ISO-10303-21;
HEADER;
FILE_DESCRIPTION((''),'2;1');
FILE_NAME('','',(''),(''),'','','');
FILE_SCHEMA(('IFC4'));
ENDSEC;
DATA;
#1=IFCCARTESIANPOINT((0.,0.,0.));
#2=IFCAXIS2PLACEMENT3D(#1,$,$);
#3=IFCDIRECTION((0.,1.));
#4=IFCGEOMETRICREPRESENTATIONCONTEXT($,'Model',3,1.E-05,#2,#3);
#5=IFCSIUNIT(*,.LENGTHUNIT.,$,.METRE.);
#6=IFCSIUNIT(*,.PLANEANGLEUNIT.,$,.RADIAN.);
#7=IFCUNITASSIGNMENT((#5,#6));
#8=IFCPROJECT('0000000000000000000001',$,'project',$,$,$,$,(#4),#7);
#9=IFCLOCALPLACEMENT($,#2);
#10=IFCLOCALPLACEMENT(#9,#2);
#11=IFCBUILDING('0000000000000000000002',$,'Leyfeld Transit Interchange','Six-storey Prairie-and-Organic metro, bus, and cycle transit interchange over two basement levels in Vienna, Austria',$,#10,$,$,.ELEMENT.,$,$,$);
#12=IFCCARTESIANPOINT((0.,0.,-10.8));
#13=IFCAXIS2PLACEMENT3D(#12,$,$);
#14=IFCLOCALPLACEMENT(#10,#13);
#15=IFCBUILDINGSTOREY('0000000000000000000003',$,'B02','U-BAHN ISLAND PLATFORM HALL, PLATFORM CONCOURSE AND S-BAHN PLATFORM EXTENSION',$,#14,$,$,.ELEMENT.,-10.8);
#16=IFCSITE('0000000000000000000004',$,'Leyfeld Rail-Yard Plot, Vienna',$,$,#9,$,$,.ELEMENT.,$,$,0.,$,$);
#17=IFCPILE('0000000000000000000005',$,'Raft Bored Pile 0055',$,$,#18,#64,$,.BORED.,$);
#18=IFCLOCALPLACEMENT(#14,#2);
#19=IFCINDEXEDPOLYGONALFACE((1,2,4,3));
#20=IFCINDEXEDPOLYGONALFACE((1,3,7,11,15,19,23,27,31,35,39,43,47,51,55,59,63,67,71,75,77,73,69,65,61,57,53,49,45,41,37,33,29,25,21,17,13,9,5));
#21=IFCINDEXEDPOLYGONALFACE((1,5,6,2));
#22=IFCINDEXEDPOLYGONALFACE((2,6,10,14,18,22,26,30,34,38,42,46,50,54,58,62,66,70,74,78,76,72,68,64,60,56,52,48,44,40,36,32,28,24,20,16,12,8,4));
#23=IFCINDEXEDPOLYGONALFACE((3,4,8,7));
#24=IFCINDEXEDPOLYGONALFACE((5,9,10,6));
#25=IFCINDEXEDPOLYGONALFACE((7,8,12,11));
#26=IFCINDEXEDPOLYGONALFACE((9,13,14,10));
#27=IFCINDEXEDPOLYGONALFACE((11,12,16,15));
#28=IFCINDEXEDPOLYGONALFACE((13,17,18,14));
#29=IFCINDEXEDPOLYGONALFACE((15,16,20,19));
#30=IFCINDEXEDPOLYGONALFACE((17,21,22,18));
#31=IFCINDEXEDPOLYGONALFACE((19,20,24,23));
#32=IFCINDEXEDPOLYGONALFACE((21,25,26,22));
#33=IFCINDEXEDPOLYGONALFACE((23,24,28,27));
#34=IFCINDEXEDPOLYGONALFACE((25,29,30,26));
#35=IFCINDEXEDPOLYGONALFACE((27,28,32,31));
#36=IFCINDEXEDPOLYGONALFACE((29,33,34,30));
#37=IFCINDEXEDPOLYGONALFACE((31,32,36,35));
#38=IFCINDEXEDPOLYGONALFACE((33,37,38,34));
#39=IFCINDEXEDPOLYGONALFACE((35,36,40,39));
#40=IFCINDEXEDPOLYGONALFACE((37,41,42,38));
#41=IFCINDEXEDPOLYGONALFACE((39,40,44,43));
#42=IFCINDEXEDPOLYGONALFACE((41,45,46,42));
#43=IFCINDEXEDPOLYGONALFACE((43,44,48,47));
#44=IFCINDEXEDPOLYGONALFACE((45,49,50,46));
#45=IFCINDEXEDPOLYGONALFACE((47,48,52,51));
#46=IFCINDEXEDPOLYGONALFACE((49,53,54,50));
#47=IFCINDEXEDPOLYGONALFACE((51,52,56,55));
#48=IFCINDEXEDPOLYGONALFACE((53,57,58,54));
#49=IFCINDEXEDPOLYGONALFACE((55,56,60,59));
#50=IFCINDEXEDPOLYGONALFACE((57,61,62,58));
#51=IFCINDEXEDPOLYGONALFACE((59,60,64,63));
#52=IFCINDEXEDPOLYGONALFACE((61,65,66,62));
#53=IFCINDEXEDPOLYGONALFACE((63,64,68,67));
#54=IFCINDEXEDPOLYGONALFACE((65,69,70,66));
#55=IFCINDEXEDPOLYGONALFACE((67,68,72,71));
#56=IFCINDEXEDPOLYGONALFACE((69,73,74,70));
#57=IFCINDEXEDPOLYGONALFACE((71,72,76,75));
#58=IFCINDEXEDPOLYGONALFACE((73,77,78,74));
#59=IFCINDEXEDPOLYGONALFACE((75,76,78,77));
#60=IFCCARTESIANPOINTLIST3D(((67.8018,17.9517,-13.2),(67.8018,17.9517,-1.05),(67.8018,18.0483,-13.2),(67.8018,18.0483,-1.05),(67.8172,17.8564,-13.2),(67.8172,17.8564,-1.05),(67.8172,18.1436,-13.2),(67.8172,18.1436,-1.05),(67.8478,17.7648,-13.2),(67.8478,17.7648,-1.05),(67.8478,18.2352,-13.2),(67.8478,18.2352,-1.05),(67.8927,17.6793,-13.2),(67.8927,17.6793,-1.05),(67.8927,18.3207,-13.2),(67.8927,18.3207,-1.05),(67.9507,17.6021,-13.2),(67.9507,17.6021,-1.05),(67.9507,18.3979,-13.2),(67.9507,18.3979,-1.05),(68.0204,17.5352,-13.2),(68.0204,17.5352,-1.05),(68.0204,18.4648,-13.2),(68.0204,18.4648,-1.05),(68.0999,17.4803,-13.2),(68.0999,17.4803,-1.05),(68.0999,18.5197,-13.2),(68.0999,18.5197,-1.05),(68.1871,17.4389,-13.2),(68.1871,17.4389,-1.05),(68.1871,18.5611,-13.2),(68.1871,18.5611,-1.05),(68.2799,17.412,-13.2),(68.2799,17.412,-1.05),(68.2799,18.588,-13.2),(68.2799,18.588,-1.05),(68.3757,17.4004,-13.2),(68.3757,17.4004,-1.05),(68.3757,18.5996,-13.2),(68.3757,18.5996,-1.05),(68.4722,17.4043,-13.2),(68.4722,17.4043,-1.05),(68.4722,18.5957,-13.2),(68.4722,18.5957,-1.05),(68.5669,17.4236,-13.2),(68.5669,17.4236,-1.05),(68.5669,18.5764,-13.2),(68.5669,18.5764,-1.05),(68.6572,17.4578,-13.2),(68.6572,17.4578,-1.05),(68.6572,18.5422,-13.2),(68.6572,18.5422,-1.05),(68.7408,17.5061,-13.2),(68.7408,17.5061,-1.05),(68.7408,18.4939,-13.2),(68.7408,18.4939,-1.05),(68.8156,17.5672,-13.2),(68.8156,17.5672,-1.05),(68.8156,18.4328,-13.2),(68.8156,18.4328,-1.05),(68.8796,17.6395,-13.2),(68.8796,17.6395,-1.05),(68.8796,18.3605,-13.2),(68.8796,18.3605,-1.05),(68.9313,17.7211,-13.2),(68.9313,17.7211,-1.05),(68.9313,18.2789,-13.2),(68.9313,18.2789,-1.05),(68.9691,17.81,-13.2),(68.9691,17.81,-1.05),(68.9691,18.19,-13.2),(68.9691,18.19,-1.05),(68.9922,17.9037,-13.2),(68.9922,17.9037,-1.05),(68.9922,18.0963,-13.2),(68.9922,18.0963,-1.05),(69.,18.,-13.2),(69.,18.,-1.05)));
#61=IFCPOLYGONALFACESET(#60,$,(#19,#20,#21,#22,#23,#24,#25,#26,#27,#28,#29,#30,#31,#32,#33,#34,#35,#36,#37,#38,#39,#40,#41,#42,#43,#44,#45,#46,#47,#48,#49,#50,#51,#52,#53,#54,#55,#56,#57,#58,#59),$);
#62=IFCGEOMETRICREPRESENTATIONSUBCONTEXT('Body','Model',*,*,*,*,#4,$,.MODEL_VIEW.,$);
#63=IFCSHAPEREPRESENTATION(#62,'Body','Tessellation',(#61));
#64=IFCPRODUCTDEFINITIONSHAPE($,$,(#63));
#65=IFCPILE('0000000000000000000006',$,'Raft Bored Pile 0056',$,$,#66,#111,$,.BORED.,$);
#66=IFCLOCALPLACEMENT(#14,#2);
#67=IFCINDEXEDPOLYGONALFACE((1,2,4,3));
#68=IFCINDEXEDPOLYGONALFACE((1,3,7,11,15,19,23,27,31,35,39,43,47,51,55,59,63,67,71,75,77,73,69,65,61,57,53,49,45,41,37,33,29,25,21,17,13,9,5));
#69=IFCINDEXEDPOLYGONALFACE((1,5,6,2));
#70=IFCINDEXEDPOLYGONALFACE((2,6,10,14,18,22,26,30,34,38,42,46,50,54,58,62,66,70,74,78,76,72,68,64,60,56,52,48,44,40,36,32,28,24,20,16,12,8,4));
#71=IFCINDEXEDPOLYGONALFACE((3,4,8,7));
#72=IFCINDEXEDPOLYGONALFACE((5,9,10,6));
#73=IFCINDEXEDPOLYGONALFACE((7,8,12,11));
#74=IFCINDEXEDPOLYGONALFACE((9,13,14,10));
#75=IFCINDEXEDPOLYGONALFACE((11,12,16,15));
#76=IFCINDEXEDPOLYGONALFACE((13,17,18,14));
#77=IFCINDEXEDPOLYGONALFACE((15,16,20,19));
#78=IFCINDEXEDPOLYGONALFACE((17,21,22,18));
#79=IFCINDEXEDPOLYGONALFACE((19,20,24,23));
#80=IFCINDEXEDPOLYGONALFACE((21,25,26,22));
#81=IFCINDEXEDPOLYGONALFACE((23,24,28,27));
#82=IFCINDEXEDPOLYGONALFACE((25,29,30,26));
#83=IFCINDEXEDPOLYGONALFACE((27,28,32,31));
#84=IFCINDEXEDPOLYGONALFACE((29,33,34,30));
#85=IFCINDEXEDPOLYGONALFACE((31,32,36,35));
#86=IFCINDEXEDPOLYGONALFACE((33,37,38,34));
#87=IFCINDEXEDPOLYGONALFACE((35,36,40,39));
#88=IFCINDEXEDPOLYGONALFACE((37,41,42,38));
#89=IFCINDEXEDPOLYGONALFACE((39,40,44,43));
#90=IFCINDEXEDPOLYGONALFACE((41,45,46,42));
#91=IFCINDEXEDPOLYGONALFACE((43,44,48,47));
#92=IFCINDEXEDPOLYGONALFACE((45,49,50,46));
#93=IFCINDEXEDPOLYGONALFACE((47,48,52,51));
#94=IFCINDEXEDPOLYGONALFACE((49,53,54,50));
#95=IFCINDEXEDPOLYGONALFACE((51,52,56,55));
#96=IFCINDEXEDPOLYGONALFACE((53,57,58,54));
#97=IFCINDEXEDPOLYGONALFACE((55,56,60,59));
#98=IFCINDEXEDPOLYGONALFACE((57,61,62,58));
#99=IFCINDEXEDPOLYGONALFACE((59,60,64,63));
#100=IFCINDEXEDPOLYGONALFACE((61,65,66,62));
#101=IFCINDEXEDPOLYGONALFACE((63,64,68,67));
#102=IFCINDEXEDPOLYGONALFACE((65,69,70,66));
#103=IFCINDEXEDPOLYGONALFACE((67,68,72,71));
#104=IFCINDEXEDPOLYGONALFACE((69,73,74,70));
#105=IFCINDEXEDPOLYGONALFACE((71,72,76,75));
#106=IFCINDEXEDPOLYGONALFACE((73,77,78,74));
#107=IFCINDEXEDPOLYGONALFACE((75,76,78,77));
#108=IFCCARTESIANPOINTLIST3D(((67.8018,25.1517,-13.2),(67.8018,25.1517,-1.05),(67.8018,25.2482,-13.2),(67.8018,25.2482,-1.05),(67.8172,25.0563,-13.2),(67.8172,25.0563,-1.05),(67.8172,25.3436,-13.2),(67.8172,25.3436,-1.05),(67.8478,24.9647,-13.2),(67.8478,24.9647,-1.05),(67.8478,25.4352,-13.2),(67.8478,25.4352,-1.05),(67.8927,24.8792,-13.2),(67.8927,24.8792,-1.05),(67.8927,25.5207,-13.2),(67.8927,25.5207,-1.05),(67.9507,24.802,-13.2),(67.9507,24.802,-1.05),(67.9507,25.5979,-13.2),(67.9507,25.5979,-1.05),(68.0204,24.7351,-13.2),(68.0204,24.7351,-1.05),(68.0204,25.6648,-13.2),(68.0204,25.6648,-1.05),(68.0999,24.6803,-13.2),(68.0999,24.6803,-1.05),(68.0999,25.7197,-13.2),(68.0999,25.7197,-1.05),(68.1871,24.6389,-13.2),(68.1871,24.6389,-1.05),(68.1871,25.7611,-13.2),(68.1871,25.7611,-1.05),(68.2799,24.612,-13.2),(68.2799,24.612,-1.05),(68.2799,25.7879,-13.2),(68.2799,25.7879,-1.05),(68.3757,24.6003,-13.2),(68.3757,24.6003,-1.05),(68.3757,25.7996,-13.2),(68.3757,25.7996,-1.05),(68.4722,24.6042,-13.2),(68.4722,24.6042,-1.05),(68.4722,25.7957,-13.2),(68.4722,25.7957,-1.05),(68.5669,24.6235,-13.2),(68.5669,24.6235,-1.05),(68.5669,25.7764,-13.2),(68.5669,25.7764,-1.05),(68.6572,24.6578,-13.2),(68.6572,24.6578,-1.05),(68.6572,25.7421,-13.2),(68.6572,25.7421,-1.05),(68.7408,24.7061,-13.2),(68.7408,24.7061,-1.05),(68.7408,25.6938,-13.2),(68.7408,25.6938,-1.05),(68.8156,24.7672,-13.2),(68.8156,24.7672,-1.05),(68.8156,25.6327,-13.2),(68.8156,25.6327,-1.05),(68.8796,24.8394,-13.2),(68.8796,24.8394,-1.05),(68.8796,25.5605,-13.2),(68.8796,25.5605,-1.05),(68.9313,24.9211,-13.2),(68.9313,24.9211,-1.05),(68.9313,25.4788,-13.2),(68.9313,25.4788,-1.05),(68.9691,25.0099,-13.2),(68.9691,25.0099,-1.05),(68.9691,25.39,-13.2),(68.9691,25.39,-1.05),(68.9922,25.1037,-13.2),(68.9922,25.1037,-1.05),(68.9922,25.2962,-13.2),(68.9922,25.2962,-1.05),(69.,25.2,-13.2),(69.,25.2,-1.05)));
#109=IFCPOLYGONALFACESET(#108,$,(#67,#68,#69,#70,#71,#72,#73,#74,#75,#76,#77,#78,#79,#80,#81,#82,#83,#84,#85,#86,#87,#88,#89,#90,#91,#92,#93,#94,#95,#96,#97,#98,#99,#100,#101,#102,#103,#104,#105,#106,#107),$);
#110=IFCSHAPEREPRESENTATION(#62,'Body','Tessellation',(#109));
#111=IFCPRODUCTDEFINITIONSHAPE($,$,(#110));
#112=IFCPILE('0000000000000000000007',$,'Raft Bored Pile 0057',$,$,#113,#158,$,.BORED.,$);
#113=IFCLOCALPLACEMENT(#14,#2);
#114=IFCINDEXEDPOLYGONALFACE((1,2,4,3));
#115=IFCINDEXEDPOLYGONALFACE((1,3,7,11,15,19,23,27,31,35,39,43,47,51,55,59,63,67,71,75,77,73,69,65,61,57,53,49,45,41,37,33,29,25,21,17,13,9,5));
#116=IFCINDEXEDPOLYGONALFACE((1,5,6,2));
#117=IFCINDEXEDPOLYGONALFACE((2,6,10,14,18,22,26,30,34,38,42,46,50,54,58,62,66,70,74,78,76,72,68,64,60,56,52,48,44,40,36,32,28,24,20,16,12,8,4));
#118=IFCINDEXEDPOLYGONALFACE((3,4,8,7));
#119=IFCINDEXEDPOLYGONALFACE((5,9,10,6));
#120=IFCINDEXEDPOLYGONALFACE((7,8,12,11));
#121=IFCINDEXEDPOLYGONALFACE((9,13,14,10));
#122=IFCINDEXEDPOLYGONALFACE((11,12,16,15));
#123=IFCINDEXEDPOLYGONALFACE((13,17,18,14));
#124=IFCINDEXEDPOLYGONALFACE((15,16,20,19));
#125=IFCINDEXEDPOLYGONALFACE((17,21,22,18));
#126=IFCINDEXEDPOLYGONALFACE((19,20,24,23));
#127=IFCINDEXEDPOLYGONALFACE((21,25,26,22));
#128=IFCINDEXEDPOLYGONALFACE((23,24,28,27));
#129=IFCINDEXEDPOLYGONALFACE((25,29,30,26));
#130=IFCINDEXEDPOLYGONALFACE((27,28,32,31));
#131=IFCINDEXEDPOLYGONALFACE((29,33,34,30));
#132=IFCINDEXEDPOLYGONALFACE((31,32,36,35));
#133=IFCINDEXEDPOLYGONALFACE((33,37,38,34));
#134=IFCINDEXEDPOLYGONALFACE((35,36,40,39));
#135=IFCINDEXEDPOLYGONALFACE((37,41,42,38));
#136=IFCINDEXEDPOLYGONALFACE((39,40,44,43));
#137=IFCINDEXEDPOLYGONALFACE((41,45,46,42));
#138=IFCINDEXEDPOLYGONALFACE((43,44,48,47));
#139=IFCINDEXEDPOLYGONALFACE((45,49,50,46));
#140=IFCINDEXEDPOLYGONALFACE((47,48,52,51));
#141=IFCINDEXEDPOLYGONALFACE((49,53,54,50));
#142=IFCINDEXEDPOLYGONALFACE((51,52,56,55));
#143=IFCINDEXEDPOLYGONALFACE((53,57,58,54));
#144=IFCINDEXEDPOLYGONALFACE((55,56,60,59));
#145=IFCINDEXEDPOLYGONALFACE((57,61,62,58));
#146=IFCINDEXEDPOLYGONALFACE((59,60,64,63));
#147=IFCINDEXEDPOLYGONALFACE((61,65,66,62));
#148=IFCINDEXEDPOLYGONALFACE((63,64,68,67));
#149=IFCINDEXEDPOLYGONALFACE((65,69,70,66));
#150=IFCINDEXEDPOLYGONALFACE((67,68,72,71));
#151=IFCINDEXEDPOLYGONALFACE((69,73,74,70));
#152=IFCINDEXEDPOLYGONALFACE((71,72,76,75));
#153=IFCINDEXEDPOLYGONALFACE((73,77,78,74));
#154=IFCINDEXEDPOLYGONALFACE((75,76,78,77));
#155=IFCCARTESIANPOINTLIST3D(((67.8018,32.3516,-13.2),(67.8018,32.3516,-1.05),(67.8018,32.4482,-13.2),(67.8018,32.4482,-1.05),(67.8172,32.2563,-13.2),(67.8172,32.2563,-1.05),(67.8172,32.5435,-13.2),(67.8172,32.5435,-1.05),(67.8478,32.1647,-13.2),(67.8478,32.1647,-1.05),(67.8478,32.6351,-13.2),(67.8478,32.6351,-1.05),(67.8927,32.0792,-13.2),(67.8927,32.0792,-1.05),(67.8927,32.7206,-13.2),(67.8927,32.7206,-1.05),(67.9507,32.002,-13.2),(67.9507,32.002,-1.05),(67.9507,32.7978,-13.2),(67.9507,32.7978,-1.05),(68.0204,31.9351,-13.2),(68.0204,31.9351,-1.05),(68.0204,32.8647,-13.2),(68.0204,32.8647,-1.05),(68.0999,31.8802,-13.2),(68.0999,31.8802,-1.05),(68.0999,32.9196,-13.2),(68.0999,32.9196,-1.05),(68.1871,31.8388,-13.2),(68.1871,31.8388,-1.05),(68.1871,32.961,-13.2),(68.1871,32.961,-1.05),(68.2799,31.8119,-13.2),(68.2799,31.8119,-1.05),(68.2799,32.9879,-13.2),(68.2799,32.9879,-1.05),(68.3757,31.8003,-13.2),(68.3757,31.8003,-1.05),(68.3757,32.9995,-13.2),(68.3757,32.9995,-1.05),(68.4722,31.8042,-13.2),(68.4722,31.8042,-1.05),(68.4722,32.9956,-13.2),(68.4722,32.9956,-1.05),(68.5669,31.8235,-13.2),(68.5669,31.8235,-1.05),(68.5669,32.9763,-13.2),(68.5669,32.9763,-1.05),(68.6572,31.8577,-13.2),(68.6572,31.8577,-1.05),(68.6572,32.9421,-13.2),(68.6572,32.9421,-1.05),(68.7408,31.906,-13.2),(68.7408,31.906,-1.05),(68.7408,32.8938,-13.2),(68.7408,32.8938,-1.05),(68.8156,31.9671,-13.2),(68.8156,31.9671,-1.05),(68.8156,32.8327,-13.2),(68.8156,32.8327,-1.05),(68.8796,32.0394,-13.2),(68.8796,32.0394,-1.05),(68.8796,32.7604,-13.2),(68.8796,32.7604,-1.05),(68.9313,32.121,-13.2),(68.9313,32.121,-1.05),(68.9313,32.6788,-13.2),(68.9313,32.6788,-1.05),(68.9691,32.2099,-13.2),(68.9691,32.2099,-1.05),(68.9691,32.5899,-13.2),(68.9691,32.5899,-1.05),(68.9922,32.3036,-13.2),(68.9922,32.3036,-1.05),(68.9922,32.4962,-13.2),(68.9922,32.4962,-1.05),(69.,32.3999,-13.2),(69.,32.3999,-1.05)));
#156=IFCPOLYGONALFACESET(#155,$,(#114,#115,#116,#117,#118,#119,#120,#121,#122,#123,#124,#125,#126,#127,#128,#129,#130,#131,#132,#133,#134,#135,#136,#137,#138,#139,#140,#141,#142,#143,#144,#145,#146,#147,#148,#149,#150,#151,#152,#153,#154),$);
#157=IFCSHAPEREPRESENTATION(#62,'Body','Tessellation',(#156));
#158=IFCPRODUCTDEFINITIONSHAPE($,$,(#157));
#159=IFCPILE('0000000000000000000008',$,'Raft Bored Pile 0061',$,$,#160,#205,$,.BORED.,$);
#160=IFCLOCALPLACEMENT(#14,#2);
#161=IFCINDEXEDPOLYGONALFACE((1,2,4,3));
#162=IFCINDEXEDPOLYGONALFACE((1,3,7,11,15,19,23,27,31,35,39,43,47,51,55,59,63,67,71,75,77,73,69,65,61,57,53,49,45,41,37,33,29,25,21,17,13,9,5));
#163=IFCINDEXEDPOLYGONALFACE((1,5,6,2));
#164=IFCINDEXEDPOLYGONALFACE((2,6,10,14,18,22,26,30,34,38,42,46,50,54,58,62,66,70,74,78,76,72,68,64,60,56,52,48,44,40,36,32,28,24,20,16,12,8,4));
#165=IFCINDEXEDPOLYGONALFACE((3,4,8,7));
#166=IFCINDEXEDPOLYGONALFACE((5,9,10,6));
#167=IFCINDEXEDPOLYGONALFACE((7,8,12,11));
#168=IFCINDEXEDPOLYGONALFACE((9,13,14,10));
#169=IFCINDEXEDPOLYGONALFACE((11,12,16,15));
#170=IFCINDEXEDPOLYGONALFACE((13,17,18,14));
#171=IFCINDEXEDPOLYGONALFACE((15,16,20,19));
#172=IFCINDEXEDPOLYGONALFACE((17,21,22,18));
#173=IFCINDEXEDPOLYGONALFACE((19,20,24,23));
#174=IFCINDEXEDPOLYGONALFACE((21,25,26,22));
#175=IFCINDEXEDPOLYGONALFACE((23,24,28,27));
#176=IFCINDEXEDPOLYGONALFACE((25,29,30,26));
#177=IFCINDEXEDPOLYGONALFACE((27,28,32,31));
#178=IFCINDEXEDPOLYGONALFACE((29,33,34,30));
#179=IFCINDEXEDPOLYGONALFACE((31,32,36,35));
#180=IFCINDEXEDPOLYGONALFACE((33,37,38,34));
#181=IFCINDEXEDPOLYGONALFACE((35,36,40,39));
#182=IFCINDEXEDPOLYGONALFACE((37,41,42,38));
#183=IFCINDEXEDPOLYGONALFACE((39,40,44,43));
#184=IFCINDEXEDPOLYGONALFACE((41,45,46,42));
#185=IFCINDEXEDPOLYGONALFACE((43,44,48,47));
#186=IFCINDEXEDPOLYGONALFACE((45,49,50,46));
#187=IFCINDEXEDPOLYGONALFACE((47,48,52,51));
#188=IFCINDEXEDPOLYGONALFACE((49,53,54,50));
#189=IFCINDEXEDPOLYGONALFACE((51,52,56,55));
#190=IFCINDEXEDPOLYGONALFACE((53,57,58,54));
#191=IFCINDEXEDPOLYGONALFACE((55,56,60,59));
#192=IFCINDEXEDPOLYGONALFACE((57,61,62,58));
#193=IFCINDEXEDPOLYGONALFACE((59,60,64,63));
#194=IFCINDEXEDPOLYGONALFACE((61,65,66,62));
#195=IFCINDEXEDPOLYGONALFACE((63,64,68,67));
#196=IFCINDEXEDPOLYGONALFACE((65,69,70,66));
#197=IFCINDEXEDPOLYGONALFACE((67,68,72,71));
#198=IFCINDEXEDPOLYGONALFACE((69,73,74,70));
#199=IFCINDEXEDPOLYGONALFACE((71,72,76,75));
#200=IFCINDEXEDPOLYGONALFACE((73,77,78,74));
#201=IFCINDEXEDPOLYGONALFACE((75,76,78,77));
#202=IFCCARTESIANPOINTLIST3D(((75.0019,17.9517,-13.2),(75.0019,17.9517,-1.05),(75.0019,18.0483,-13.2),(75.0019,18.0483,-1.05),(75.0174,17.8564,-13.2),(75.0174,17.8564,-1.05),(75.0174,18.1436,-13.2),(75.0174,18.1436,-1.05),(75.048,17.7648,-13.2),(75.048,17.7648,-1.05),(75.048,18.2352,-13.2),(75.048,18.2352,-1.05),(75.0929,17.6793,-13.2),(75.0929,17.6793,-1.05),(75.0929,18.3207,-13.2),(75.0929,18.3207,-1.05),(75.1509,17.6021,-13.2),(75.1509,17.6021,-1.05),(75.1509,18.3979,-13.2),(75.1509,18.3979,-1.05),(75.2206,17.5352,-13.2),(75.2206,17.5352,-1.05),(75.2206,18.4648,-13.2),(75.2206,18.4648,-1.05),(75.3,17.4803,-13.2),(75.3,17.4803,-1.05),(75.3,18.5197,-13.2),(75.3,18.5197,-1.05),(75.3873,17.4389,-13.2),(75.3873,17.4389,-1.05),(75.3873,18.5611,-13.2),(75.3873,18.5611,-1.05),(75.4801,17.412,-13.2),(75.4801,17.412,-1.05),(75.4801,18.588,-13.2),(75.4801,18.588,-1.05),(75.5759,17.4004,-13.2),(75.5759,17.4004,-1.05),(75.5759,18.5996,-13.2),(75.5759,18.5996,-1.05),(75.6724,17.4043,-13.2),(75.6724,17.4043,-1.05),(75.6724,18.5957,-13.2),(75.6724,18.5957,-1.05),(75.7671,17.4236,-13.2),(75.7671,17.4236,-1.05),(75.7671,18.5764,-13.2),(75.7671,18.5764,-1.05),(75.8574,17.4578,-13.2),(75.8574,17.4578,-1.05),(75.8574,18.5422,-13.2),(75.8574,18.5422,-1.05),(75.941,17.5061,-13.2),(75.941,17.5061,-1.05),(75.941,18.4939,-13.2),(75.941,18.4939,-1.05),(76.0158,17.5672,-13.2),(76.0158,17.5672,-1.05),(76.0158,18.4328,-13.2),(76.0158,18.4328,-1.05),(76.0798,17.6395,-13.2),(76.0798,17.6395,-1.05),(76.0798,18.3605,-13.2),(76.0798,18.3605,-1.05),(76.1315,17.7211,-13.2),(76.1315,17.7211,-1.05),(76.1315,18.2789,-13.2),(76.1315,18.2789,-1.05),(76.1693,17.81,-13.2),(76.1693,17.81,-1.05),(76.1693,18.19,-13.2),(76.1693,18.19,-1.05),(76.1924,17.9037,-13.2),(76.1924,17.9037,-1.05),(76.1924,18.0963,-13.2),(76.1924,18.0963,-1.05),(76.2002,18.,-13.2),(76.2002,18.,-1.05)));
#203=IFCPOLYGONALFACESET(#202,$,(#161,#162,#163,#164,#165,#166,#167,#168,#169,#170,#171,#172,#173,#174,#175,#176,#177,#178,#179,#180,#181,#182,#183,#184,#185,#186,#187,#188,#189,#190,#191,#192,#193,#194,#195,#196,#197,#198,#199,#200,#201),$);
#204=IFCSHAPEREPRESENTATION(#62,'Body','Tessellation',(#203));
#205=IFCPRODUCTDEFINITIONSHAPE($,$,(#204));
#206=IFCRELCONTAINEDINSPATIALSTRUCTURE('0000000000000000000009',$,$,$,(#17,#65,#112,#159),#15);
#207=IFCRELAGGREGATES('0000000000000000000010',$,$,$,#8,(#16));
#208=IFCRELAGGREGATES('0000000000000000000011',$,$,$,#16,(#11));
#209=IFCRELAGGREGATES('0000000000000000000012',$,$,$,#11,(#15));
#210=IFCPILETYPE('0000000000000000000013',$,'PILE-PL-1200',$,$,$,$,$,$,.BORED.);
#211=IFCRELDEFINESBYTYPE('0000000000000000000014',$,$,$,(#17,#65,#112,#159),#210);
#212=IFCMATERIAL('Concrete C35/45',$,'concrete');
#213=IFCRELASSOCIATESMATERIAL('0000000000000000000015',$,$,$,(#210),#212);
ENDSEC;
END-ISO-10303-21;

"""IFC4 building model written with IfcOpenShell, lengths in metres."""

from ifc_helpers import new_model, si_unit, direction, frame, origin, origin_2d, place, context, subcontext, project, spatial, circle, extrude, material, material_profile, profile_set, type_object, element, save


model = new_model("IFC4")

# Units and contexts
model_context = context("Model", 3, precision=1e-05, world=origin(), true_north=direction((0.0, 1.0)))
body_context = subcontext(model_context, "Body", "Model", "MODEL_VIEW")
ifc_project = project(units=[si_unit("LENGTHUNIT", "METRE"), si_unit("PLANEANGLEUNIT", "RADIAN")], contexts=[model_context])

# Site, building, storey
site_placement = place(None, origin())
site = spatial("IfcSite", under=ifc_project, at=site_placement, Name="Leyfeld Rail-Yard Plot, Vienna", CompositionType="ELEMENT", RefElevation=0.0)
building_placement = place(site_placement, origin())
building = spatial("IfcBuilding", under=site, at=building_placement, Name="Leyfeld Transit Interchange", Description="Six-storey Prairie-and-Organic metro, bus, and cycle transit interchange over two basement levels in Vienna, Austria", CompositionType="ELEMENT")
storey_placement = place(building_placement, frame((0.0, 0.0, -10.8)))
storey = spatial("IfcBuildingStorey", under=building, at=storey_placement, Name="B02", Description="U-BAHN ISLAND PLATFORM HALL, PLATFORM CONCOURSE AND S-BAHN PLATFORM EXTENSION", CompositionType="ELEMENT", Elevation=-10.8)

# Piles
ifc_material = material(Name="Concrete C35/45", Category="concrete")
ifc_material_profile_1 = material_profile(ifc_material, circle(Radius=0.6001, at=origin_2d()), Name="PILE D1200")
ifc_profile_set_1 = profile_set([ifc_material_profile_1], Name="Concrete C35/45")
pile_type = type_object("IfcPileType", Name="PILE-PL-1200", PredefinedType="BORED", material=ifc_profile_set_1)
for number, where, z_axis, x_axis, name in (
    (1, (68.3999, 18.0, -1.05), (0.0, 0.0, -1.0), (1.0, 0.0, 0.0), "Raft Bored Pile 0055"),
    (2, (68.3999, 25.2, -1.05), (0.0, 0.0, -1.0), (1.0, 0.0, 0.0), "Raft Bored Pile 0056"),
    (3, (68.3999, 32.3999, -1.05), (0.0, 0.0, -1.0), (1.0, 0.0, 0.0), "Raft Bored Pile 0057"),
    (4, (75.6001, 18.0, -1.05), (0.0, 0.0, -1.0), (1.0, 0.0, 0.0), "Raft Bored Pile 0061"),
):
    element("IfcPile", number, at=place(storey_placement, frame(where, z_axis=z_axis, x_axis=x_axis)), inside=storey, type_object=pile_type, Name=name, PredefinedType="BORED", context=body_context, shape_type="SweptSolid", body=[
        extrude(circle(Radius=0.6001, at=origin_2d()), origin(), (0.0, 0.0, 1.0), 12.1499),
    ])

save(model, "model.ifc")
